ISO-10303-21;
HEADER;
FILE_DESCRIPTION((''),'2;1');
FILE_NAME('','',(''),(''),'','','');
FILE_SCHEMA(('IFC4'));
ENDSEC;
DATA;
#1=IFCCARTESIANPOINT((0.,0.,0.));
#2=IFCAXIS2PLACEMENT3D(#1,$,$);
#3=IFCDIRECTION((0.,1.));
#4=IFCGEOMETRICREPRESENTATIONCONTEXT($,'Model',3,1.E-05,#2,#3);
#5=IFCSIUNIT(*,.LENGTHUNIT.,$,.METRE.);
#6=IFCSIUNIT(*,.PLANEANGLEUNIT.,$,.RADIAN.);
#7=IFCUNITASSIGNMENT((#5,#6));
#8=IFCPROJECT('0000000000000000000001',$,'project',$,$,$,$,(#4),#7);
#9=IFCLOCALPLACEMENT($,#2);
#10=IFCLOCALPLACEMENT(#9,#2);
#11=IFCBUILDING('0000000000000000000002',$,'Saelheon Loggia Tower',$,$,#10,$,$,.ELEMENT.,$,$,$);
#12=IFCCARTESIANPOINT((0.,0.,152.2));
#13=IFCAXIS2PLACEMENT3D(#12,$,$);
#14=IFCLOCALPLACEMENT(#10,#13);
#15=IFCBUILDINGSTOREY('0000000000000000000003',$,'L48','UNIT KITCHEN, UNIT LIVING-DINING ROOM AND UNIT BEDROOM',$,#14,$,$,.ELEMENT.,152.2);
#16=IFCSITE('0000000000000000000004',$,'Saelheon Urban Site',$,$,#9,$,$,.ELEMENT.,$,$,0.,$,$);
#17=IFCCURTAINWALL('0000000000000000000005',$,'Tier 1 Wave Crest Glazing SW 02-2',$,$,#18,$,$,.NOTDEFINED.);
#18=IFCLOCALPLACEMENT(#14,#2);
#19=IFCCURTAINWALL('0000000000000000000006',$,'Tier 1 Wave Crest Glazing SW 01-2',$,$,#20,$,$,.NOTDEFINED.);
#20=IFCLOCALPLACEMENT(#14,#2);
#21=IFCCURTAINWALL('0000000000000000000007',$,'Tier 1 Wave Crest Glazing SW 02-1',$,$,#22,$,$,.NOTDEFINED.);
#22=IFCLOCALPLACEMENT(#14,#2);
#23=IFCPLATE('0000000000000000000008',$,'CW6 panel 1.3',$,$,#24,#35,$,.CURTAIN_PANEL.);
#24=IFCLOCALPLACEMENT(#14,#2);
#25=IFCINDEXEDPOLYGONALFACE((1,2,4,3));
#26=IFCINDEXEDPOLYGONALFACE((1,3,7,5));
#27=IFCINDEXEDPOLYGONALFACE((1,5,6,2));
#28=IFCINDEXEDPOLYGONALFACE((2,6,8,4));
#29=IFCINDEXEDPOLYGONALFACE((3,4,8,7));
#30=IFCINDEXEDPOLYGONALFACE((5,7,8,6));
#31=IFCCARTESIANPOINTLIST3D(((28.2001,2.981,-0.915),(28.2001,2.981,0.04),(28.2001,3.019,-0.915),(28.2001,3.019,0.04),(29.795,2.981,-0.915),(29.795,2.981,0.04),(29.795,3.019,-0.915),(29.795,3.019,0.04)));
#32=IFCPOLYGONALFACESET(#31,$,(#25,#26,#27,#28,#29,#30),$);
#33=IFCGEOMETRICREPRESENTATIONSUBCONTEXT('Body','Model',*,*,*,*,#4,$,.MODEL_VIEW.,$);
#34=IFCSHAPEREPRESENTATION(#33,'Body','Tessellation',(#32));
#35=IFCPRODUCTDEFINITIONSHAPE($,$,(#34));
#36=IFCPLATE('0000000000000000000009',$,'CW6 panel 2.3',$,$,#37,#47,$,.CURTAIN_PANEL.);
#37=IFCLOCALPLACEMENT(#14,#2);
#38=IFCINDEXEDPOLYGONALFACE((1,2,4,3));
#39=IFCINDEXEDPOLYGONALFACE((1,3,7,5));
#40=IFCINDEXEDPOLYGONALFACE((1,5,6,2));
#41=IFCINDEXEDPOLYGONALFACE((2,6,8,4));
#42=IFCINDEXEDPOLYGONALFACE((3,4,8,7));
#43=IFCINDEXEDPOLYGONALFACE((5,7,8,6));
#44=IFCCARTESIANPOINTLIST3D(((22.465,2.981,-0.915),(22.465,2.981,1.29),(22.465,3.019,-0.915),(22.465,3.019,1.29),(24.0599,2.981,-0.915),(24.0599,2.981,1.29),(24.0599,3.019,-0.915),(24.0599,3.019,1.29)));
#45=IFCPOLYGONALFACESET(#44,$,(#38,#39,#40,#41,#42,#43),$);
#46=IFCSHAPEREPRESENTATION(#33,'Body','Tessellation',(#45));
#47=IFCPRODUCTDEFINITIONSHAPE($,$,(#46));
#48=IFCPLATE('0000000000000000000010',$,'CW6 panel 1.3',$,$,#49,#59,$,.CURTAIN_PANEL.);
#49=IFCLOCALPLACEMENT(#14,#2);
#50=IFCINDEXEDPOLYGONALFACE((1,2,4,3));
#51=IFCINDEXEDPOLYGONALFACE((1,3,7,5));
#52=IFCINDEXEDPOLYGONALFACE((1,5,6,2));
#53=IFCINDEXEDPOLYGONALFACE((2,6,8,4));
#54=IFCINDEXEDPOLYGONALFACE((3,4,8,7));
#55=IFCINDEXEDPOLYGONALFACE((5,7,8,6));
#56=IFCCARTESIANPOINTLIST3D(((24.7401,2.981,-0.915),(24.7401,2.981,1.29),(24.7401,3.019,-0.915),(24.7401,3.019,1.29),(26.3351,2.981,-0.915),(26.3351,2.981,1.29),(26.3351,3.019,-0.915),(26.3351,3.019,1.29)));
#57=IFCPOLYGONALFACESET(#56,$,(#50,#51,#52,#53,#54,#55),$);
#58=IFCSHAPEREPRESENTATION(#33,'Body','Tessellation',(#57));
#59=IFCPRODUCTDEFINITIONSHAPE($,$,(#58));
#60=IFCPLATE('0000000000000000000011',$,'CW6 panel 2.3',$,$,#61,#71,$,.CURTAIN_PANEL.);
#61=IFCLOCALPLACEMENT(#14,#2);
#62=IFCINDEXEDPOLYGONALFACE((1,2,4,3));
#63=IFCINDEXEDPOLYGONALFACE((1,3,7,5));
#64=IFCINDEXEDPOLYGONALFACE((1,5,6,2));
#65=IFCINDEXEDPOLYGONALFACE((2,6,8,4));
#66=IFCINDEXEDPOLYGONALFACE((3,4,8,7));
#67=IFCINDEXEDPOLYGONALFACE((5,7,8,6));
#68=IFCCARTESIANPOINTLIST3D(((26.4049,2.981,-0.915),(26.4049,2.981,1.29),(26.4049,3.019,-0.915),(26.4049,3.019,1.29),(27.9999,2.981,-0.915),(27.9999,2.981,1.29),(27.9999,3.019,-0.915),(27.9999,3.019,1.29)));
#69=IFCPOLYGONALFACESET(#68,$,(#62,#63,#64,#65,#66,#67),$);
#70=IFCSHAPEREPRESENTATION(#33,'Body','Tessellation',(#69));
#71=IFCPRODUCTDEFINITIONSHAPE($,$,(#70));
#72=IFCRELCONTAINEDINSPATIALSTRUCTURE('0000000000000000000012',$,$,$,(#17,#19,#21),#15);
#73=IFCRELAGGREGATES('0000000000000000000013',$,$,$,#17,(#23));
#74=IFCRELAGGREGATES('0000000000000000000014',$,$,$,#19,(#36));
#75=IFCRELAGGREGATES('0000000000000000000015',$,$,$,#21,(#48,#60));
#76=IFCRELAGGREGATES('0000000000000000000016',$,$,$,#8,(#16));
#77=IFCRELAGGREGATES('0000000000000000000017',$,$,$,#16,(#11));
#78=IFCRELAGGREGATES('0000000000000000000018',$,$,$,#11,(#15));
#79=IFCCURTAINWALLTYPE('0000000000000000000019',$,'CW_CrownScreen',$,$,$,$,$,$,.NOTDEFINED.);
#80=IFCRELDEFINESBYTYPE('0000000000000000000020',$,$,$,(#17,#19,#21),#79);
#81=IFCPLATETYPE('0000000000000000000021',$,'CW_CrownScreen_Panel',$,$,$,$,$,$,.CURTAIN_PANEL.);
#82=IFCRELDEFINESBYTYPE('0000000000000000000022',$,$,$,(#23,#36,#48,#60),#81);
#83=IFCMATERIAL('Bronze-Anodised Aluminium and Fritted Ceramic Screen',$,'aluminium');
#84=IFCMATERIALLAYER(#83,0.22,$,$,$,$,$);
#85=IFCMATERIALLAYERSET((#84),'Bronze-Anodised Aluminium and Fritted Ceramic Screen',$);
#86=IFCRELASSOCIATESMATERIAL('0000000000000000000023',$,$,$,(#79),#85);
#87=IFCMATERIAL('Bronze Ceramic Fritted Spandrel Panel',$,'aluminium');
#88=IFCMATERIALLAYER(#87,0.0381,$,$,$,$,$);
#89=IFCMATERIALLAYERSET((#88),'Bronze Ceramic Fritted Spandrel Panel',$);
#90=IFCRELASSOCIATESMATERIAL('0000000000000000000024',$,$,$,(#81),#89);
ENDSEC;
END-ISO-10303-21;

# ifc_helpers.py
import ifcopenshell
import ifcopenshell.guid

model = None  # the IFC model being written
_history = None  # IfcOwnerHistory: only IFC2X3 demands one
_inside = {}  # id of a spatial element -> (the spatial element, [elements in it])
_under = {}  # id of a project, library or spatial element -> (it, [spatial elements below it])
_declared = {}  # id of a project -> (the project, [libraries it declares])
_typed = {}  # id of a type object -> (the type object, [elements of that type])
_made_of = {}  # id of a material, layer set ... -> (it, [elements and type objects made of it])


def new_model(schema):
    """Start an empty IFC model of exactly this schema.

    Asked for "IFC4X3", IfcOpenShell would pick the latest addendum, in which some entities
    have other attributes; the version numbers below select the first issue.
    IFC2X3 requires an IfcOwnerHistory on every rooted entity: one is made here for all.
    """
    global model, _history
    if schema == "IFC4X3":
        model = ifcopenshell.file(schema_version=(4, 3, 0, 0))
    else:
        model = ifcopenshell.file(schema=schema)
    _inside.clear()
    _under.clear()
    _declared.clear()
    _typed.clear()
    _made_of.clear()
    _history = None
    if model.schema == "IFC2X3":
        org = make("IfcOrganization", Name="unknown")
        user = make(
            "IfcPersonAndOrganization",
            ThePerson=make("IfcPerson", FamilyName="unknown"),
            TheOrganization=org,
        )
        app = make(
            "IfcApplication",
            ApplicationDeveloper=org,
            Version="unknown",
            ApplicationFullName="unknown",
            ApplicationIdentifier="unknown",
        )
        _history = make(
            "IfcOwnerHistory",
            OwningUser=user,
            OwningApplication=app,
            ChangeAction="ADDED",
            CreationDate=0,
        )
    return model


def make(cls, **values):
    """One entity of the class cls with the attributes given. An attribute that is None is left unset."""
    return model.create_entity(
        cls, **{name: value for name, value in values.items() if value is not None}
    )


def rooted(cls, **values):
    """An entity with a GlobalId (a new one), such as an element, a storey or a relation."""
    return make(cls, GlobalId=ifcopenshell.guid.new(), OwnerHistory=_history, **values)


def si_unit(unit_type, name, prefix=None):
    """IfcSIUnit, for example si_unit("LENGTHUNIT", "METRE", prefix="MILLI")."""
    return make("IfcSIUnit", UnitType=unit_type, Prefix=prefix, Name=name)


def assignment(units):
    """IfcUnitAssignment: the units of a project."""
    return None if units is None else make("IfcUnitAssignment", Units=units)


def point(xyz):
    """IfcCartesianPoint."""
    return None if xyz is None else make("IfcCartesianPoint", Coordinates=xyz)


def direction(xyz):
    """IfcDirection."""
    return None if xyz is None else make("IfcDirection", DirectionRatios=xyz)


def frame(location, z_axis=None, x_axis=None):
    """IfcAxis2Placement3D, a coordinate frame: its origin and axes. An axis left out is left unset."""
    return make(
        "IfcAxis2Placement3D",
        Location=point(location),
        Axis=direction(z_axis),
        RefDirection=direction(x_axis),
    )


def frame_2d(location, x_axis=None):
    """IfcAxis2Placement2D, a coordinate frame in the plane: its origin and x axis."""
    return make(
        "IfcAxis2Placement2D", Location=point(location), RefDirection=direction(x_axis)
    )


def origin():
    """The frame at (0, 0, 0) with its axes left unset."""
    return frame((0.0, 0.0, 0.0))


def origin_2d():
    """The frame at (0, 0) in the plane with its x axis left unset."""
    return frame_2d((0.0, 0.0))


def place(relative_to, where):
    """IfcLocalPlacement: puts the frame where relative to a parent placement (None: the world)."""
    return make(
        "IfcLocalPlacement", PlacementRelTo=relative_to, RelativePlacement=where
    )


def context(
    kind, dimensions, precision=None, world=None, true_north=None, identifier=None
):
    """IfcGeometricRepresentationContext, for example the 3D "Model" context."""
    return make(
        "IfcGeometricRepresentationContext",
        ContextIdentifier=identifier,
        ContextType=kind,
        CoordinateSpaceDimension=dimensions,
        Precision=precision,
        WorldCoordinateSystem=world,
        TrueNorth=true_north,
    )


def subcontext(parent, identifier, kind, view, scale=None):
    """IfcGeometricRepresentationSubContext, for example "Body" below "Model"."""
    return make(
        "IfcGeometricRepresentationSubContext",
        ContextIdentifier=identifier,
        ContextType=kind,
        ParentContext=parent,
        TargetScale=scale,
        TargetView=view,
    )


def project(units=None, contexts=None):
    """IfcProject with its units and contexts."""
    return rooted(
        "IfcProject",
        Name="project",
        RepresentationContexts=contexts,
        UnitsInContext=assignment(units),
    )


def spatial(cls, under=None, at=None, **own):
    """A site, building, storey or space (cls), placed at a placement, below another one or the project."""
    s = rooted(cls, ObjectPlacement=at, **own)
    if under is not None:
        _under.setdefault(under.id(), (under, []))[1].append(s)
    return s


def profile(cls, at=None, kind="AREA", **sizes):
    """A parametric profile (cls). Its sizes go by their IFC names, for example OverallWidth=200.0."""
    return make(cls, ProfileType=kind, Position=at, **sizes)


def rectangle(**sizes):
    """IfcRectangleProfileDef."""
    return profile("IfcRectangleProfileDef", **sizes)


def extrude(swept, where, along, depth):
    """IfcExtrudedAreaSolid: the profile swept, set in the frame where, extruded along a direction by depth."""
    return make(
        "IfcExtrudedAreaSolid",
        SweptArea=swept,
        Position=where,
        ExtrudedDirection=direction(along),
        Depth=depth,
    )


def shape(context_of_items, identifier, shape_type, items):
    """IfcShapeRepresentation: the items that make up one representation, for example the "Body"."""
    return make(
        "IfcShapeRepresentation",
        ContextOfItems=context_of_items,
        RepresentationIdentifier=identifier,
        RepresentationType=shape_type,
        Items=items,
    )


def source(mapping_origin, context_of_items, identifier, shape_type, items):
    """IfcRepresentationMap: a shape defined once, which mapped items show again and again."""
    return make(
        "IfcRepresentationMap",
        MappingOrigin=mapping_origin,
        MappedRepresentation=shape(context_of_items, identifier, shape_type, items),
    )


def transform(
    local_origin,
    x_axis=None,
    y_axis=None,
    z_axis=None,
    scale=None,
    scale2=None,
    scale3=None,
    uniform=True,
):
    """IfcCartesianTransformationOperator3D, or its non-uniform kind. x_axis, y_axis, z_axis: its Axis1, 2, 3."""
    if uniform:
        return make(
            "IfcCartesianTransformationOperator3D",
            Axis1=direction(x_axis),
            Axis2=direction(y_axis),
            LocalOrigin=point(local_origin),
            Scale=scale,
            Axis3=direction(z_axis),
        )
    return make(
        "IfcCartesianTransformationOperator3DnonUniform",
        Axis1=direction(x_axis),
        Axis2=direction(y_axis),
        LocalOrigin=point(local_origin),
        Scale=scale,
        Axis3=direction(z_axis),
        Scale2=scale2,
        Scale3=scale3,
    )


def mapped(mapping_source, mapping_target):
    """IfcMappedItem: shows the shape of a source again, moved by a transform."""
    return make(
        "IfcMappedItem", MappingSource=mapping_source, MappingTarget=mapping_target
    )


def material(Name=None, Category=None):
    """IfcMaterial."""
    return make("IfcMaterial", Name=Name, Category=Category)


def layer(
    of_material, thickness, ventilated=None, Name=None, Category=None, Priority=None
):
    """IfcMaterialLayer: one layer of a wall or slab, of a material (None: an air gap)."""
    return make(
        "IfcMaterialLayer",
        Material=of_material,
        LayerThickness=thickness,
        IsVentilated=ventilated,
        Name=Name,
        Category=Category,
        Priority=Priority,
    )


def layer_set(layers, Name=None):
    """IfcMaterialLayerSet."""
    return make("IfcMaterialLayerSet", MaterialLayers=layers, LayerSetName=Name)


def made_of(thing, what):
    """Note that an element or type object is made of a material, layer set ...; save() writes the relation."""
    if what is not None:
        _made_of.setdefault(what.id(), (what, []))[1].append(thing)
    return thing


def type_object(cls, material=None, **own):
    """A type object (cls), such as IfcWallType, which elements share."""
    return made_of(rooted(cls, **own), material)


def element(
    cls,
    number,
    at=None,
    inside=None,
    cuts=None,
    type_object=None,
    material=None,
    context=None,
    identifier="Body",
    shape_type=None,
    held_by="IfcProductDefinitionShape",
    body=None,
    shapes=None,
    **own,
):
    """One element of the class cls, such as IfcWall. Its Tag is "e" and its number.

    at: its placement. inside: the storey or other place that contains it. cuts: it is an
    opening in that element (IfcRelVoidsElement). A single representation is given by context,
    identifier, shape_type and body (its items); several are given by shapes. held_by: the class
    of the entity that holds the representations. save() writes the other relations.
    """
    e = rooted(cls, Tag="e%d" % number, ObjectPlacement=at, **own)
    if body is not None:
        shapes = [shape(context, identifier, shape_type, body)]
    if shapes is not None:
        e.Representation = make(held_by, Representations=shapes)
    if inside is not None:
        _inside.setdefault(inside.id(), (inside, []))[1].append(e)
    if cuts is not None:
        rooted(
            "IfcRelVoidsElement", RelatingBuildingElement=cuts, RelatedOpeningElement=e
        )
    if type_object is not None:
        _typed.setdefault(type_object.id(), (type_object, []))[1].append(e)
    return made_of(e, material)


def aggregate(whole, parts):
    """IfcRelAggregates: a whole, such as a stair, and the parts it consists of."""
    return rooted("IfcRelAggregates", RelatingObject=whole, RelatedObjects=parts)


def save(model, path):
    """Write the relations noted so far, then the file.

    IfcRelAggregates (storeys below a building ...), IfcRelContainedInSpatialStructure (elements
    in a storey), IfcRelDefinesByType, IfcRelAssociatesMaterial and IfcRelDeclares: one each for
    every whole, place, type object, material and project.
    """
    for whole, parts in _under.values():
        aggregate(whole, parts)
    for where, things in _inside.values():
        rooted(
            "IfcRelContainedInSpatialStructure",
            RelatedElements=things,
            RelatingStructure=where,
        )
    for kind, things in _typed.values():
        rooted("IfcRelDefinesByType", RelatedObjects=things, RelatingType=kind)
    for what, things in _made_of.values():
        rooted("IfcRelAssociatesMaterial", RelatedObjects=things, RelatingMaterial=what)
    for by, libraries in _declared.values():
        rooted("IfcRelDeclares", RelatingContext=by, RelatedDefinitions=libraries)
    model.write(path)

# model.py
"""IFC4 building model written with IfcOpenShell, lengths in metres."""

from ifc_helpers import new_model, si_unit, direction, frame, origin, origin_2d, place, context, subcontext, project, spatial, rectangle, extrude, source, transform, mapped, material, layer, layer_set, type_object, element, aggregate, save


model = new_model("IFC4")

# Units and contexts
model_context = context("Model", 3, precision=1e-05, world=origin(), true_north=direction((0.0, 1.0)))
body_context = subcontext(model_context, "Body", "Model", "MODEL_VIEW")
ifc_project = project(units=[si_unit("LENGTHUNIT", "METRE"), si_unit("PLANEANGLEUNIT", "RADIAN")], contexts=[model_context])

# Site, building, storey
site_placement = place(None, origin())
site = spatial("IfcSite", under=ifc_project, at=site_placement, Name="Saelheon Urban Site", CompositionType="ELEMENT", RefElevation=0.0)
building_placement = place(site_placement, origin())
building = spatial("IfcBuilding", under=site, at=building_placement, Name="Saelheon Loggia Tower", CompositionType="ELEMENT")
storey_placement = place(building_placement, frame((0.0, 0.0, 152.2)))
storey = spatial("IfcBuildingStorey", under=building, at=storey_placement, Name="L48", Description="UNIT KITCHEN, UNIT LIVING-DINING ROOM AND UNIT BEDROOM", CompositionType="ELEMENT", Elevation=152.2)

# Curtain wall
ifc_material_1 = material(Name="Bronze-Anodised Aluminium and Fritted Ceramic Screen", Category="aluminium")
ifc_layer_1 = layer(ifc_material_1, 0.22)
ifc_layer_set_1 = layer_set([ifc_layer_1], Name="Bronze-Anodised Aluminium and Fritted Ceramic Screen")
curtain_wall_type = type_object("IfcCurtainWallType", Name="CW_CrownScreen", PredefinedType="NOTDEFINED", material=ifc_layer_set_1)
curtain_wall_1_placement = place(storey_placement, origin())
curtain_wall_1 = element("IfcCurtainWall", 1, at=curtain_wall_1_placement, inside=storey, type_object=curtain_wall_type, Name="Tier 1 Wave Crest Glazing SW 02-2", PredefinedType="NOTDEFINED")

# Curtain wall
curtain_wall_2_placement = place(storey_placement, origin())
curtain_wall_2 = element("IfcCurtainWall", 2, at=curtain_wall_2_placement, inside=storey, type_object=curtain_wall_type, Name="Tier 1 Wave Crest Glazing SW 01-2", PredefinedType="NOTDEFINED")

# Curtain wall
curtain_wall_3_placement = place(storey_placement, origin())
curtain_wall_3 = element("IfcCurtainWall", 3, at=curtain_wall_3_placement, inside=storey, type_object=curtain_wall_type, Name="Tier 1 Wave Crest Glazing SW 02-1", PredefinedType="NOTDEFINED")

# Plates
ifc_material_2 = material(Name="Bronze Ceramic Fritted Spandrel Panel", Category="aluminium")
ifc_layer_2 = layer(ifc_material_2, 0.0381)
ifc_layer_set_2 = layer_set([ifc_layer_2], Name="Bronze Ceramic Fritted Spandrel Panel")
plate_type = type_object("IfcPlateType", Name="CW_CrownScreen_Panel", PredefinedType="CURTAIN_PANEL", material=ifc_layer_set_2)
shared_shape_1 = source(origin(), body_context, "Body", "SweptSolid", [
    extrude(rectangle(XDim=1.595, YDim=0.0381, at=origin_2d()), origin(), (0.0, 0.0, 1.0), 0.9551),
])
plate_1_placement = place(storey_placement, frame((28.9976, 3.0, -0.915), z_axis=(0.0, 0.0, 1.0), x_axis=(1.0, 0.0, 0.0)))
plate_1 = element("IfcPlate", 4, at=plate_1_placement, type_object=plate_type, Name="CW6 panel 1.3", PredefinedType="CURTAIN_PANEL", context=body_context, shape_type="MappedRepresentation", body=[
    mapped(shared_shape_1, transform((0.0, 0.0, 0.0), scale=1.0)),
])
aggregate(curtain_wall_1, [plate_1])
shared_shape_2 = source(origin(), body_context, "Body", "SweptSolid", [
    extrude(rectangle(XDim=1.595, YDim=0.0381, at=origin_2d()), origin(), (0.0, 0.0, 1.0), 2.2051),
])
plate_2_placement = place(storey_placement, frame((23.2625, 3.0, -0.915), z_axis=(0.0, 0.0, 1.0), x_axis=(1.0, 0.0, 0.0)))
plate_2 = element("IfcPlate", 5, at=plate_2_placement, type_object=plate_type, Name="CW6 panel 2.3", PredefinedType="CURTAIN_PANEL", context=body_context, shape_type="MappedRepresentation", body=[
    mapped(shared_shape_2, transform((0.0, 0.0, 0.0), scale=1.0)),
])
aggregate(curtain_wall_2, [plate_2])
plate_3_placement = place(storey_placement, frame((25.5376, 3.0, -0.915), z_axis=(0.0, 0.0, 1.0), x_axis=(1.0, 0.0, 0.0)))
plate_3 = element("IfcPlate", 6, at=plate_3_placement, type_object=plate_type, Name="CW6 panel 1.3", PredefinedType="CURTAIN_PANEL", context=body_context, shape_type="MappedRepresentation", body=[
    mapped(shared_shape_2, transform((0.0, 0.0, 0.0), scale=1.0)),
])
plate_4_placement = place(storey_placement, frame((27.2024, 3.0, -0.915), z_axis=(0.0, 0.0, 1.0), x_axis=(1.0, 0.0, 0.0)))
plate_4 = element("IfcPlate", 7, at=plate_4_placement, type_object=plate_type, Name="CW6 panel 2.3", PredefinedType="CURTAIN_PANEL", context=body_context, shape_type="MappedRepresentation", body=[
    mapped(shared_shape_2, transform((0.0, 0.0, 0.0), scale=1.0)),
])
aggregate(curtain_wall_3, [plate_3, plate_4])

save(model, "model.ifc")
